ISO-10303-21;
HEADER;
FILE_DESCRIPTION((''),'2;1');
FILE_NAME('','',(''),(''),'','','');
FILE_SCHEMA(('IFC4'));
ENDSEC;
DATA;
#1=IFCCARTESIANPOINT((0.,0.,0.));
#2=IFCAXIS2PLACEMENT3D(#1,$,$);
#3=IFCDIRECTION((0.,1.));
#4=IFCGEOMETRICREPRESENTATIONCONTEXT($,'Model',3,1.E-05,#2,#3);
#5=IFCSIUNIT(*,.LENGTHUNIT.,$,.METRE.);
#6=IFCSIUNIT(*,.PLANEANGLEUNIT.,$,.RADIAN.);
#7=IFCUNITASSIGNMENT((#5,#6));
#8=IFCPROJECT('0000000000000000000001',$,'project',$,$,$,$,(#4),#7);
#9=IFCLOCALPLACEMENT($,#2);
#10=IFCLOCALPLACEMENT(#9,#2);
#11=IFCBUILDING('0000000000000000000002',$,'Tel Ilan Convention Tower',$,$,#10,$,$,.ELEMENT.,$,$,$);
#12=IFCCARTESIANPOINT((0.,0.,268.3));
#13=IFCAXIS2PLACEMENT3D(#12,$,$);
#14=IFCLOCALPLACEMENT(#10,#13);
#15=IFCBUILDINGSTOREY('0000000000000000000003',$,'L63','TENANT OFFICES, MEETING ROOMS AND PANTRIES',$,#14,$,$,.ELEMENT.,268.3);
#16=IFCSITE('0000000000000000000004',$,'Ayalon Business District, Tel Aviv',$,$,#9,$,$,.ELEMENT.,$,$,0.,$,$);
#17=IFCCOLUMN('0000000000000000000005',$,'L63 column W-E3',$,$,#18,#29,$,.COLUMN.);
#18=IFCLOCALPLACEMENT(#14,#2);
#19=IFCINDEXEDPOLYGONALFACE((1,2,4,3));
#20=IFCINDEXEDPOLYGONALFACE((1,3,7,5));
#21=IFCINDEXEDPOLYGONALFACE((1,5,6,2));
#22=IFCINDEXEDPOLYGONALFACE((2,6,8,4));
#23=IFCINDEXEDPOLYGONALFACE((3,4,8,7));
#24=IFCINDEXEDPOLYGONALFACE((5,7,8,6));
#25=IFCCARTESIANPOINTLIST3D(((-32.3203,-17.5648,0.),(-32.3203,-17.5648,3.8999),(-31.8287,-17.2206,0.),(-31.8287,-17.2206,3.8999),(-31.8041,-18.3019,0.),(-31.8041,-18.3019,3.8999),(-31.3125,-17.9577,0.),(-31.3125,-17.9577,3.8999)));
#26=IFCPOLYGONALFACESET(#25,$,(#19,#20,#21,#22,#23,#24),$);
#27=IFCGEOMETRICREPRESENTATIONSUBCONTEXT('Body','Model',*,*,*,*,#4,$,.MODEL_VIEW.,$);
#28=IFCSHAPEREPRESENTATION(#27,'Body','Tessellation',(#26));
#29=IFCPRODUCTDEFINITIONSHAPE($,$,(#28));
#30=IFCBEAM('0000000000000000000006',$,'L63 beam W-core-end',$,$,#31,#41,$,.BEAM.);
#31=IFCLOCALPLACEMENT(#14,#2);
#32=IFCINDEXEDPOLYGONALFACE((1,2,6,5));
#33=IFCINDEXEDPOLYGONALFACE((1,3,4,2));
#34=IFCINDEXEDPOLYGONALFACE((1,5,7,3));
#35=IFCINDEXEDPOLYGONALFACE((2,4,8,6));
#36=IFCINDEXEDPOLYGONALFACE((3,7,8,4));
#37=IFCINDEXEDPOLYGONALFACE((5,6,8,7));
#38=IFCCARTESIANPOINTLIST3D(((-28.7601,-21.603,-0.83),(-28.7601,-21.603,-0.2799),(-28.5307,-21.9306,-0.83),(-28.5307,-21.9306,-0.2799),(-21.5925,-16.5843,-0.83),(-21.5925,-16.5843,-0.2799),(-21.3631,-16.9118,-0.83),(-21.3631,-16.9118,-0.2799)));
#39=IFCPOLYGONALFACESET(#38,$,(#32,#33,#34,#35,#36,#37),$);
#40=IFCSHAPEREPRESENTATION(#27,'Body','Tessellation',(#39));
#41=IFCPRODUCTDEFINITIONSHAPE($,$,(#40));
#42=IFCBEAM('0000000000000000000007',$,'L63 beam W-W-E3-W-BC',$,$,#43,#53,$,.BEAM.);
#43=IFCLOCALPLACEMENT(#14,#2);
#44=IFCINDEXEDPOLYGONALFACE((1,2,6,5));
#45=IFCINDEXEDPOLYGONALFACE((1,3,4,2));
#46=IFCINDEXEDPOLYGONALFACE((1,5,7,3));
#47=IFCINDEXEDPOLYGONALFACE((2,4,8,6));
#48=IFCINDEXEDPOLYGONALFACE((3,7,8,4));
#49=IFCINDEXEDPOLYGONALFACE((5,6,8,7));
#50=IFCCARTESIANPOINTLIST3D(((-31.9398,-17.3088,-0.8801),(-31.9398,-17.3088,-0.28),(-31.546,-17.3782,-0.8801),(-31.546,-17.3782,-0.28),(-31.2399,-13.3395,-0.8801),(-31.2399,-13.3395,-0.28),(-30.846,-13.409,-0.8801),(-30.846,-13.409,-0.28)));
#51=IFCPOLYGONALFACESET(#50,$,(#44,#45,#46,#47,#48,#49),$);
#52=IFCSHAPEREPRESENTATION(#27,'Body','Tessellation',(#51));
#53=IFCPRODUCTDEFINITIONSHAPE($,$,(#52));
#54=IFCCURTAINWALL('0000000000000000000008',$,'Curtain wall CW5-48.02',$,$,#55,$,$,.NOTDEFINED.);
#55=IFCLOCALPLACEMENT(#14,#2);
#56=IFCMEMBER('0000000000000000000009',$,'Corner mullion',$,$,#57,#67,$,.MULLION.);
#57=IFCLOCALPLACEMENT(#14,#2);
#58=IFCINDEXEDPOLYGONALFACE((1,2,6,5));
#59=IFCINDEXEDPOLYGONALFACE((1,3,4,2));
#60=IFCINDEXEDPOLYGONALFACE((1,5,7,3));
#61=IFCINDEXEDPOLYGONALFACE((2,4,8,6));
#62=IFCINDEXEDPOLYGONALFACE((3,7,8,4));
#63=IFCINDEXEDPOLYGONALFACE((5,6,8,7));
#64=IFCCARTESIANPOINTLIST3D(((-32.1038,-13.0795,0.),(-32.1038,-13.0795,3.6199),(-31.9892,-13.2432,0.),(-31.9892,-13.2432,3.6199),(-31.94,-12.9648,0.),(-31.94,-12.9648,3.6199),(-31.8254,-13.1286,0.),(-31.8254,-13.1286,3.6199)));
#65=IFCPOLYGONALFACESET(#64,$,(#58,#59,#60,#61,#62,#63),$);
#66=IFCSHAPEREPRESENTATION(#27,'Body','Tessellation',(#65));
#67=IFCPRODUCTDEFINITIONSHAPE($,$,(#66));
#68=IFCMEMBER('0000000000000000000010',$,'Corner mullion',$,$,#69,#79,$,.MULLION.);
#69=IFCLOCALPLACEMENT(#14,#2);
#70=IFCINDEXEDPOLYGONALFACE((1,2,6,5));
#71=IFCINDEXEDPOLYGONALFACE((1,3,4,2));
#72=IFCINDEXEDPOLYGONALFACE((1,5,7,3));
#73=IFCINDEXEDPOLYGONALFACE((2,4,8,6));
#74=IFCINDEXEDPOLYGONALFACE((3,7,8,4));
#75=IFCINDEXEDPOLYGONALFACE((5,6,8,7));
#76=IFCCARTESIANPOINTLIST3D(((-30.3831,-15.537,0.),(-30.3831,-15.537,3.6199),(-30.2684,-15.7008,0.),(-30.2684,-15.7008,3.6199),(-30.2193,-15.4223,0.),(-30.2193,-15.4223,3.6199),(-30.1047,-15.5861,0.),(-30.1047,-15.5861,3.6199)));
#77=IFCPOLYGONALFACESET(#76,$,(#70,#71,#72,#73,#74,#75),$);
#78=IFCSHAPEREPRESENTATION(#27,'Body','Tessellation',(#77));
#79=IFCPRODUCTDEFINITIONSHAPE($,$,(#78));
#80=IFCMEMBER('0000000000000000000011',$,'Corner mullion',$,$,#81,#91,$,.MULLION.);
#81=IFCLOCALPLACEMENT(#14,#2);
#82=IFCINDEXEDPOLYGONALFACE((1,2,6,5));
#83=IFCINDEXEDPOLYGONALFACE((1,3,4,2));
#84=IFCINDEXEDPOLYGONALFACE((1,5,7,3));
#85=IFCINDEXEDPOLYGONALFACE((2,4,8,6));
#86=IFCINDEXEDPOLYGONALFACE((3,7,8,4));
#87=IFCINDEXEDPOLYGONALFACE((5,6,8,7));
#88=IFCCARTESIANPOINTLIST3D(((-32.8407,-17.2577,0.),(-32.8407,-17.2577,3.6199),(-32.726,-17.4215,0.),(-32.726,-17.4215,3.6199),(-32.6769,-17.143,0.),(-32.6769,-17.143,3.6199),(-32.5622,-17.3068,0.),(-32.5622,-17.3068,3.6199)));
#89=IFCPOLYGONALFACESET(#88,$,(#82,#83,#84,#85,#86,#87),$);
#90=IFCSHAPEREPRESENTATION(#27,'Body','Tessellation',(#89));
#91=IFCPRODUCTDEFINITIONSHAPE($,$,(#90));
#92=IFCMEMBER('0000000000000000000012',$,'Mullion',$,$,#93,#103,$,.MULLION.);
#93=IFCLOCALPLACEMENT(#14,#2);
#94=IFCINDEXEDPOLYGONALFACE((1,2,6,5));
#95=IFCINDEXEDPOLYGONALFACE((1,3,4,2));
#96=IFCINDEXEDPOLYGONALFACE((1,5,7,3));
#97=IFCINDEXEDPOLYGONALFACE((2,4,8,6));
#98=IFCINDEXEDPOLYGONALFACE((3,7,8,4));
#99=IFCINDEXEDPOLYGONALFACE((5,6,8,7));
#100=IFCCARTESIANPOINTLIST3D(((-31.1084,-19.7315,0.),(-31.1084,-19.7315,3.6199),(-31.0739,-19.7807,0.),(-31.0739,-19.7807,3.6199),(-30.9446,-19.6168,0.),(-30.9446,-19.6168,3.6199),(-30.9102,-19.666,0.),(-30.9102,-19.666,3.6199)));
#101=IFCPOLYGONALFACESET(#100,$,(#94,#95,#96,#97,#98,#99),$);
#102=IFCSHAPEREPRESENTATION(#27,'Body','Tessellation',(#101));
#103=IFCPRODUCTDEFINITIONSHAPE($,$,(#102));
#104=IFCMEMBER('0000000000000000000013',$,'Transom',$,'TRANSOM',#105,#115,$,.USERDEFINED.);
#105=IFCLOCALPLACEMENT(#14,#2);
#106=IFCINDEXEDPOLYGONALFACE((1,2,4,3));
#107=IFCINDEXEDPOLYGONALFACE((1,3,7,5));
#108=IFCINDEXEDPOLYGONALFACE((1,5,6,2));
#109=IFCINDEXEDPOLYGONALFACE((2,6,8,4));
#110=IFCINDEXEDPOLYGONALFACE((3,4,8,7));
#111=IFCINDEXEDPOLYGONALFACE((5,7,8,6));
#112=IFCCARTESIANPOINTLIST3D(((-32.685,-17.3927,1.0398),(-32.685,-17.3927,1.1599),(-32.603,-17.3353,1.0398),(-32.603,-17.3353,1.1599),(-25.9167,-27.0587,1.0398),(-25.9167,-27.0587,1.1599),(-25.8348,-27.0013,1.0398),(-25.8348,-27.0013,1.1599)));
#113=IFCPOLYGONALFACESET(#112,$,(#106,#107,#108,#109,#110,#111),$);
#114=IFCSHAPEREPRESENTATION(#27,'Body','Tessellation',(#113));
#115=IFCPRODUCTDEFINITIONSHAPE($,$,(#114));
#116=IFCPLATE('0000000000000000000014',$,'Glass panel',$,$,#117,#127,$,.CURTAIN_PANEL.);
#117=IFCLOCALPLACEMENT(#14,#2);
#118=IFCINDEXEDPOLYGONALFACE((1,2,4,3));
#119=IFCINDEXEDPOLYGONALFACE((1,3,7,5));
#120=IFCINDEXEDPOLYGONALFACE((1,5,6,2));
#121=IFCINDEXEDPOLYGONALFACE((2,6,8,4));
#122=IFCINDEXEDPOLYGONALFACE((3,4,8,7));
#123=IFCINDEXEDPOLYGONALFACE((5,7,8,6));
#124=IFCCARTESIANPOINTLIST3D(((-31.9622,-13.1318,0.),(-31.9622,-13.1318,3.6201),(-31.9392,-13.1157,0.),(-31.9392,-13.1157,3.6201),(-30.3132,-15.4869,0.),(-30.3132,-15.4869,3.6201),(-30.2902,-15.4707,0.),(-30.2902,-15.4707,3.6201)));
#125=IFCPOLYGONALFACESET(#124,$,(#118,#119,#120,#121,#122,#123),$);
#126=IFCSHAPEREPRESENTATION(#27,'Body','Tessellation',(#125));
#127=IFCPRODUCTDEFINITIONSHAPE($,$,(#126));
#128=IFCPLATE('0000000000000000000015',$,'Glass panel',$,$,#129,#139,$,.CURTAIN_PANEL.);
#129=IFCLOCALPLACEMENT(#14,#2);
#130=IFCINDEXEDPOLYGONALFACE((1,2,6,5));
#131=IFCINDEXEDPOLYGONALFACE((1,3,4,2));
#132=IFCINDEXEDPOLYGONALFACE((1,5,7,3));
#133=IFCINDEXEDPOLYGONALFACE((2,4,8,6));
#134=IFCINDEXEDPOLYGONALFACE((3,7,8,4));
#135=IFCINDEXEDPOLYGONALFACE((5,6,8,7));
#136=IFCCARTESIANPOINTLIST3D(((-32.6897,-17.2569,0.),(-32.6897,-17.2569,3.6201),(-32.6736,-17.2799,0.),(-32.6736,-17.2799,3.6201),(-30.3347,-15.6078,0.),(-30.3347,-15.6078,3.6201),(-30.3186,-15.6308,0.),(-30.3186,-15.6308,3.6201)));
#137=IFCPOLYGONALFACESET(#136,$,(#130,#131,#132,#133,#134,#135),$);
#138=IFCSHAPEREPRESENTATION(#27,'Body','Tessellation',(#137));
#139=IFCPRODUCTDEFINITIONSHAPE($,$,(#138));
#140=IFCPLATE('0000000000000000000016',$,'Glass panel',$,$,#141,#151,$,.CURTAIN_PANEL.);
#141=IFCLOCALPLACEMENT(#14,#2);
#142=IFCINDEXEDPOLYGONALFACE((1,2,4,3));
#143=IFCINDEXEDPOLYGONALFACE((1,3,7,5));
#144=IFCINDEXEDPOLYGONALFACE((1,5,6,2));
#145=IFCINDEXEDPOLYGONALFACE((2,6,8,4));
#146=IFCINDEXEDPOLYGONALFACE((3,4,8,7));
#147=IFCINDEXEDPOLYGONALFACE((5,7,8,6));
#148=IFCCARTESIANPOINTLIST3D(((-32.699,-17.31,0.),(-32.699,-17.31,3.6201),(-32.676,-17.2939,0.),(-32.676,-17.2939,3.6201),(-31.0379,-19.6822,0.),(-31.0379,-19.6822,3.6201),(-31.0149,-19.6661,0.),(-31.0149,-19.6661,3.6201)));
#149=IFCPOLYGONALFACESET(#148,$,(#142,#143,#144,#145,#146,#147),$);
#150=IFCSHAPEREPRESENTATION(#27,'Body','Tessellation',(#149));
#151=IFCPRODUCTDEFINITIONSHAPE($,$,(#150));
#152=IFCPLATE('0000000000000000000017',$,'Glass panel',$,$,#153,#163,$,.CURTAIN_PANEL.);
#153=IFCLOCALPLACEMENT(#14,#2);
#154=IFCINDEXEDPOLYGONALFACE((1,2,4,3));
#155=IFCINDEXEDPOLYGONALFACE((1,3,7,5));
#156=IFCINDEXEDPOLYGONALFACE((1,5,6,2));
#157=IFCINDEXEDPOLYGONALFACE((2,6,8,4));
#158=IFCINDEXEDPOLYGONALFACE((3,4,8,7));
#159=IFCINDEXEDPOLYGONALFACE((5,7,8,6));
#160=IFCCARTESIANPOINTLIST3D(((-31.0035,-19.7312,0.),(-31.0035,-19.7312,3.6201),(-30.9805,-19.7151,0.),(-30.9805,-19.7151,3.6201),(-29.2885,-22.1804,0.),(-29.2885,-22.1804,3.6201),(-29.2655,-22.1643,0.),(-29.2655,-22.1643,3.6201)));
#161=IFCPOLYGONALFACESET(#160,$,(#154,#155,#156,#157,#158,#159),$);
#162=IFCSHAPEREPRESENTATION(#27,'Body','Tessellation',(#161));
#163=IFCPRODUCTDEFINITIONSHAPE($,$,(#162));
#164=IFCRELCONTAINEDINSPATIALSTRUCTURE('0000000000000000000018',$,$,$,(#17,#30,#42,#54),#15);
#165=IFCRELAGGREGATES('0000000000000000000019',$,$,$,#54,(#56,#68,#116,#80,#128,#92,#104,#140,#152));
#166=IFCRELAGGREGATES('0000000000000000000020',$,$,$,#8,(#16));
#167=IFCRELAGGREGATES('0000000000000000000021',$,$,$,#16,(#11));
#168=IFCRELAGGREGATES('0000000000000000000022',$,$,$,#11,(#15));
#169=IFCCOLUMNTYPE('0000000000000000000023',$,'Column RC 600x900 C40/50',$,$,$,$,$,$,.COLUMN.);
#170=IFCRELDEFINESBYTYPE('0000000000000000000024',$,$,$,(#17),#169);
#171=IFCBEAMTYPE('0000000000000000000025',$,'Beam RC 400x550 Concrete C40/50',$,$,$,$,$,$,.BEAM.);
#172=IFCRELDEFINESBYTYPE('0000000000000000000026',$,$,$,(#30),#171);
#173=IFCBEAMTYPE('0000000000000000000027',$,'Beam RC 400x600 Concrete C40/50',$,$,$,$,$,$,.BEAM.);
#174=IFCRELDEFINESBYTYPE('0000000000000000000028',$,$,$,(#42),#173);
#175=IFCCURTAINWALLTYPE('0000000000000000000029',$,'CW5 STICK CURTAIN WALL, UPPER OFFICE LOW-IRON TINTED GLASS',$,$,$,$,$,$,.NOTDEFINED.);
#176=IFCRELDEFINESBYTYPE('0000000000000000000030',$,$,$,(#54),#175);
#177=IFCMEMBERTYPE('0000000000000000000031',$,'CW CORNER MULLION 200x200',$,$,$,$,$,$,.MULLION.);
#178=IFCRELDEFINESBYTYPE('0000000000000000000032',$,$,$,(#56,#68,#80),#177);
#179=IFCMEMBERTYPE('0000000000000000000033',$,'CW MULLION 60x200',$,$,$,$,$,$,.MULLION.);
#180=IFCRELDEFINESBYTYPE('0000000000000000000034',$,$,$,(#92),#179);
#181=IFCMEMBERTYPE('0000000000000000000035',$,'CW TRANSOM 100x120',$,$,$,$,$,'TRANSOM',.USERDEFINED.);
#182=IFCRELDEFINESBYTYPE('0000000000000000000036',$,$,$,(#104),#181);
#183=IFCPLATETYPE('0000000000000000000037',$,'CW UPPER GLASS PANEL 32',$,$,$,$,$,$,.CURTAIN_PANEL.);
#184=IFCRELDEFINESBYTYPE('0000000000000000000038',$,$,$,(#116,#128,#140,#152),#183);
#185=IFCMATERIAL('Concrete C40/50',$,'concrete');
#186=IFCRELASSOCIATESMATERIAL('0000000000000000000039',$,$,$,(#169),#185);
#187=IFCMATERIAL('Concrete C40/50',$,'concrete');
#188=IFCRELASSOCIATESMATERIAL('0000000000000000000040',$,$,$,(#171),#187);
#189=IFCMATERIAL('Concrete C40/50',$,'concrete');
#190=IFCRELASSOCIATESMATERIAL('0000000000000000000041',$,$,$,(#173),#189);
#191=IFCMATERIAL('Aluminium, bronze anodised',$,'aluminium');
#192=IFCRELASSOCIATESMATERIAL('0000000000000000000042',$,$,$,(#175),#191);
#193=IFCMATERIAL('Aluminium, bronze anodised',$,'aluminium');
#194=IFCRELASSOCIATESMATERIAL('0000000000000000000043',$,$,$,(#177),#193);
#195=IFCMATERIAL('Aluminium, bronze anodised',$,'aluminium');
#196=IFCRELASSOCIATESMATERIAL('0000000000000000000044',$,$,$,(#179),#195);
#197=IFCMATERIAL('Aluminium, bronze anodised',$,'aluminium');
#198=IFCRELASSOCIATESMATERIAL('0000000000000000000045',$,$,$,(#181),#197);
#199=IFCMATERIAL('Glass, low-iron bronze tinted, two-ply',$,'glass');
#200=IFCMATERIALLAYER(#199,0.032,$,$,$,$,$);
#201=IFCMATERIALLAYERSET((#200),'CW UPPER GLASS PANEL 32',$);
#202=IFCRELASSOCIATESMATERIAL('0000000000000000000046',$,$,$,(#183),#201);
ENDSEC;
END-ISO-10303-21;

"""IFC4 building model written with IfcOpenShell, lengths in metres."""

from ifc_helpers import new_model, si_unit, direction, frame, origin, origin_2d, place, context, subcontext, project, spatial, rectangle, extrude, material, layer, layer_set, material_profile, profile_set, type_object, element, aggregate, save


model = new_model("IFC4")

# Units and contexts
model_context = context("Model", 3, precision=1e-05, world=origin(), true_north=direction((0.0, 1.0)))
body_context = subcontext(model_context, "Body", "Model", "MODEL_VIEW")
ifc_project = project(units=[si_unit("LENGTHUNIT", "METRE"), si_unit("PLANEANGLEUNIT", "RADIAN")], contexts=[model_context])

# Site, building, storey
site_placement = place(None, origin())
site = spatial("IfcSite", under=ifc_project, at=site_placement, Name="Ayalon Business District, Tel Aviv", CompositionType="ELEMENT", RefElevation=0.0)
building_placement = place(site_placement, origin())
building = spatial("IfcBuilding", under=site, at=building_placement, Name="Tel Ilan Convention Tower", CompositionType="ELEMENT")
storey_placement = place(building_placement, frame((0.0, 0.0, 268.3)))
storey = spatial("IfcBuildingStorey", under=building, at=storey_placement, Name="L63", Description="TENANT OFFICES, MEETING ROOMS AND PANTRIES", CompositionType="ELEMENT", Elevation=268.3)

# Column
ifc_material_1 = material(Name="Concrete C40/50", Category="concrete")
ifc_material_profile_1 = material_profile(ifc_material_1, rectangle(XDim=0.8999, YDim=0.6001, at=origin_2d()), Name="RC 600x900")
ifc_profile_set_1 = profile_set([ifc_material_profile_1], Name="Concrete C40/50")
column_type = type_object("IfcColumnType", Name="Column RC 600x900 C40/50", PredefinedType="COLUMN", material=ifc_profile_set_1)
column_placement = place(storey_placement, frame((-31.8164, -17.7612, 0.0), z_axis=(0.0, 0.0, 1.0), x_axis=(-0.573576, 0.819152, 0.0)))
element("IfcColumn", 1, at=column_placement, inside=storey, type_object=column_type, Name="L63 column W-E3", PredefinedType="COLUMN", context=body_context, shape_type="SweptSolid", body=[
    extrude(rectangle(XDim=0.8999, YDim=0.6001, at=origin_2d()), origin(), (0.0, 0.0, 1.0), 3.8999),
])

# Beams
ifc_material_2 = material(Name="Concrete C40/50", Category="concrete")
ifc_material_profile_2 = material_profile(ifc_material_2, rectangle(XDim=0.3999, YDim=0.55, at=origin_2d()), Name="RC 400x550")
ifc_profile_set_2 = profile_set([ifc_material_profile_2], Name="Concrete C40/50")
beam_type_1 = type_object("IfcBeamType", Name="Beam RC 400x550 Concrete C40/50", PredefinedType="BEAM", material=ifc_profile_set_2)
beam_1_placement = place(storey_placement, frame((-21.4778, -16.748, -0.5549), z_axis=(-0.819157, -0.573569, 0.0), x_axis=(0.573569, -0.819157, 0.0)))
element("IfcBeam", 2, at=beam_1_placement, inside=storey, type_object=beam_type_1, Name="L63 beam W-core-end", PredefinedType="BEAM", context=body_context, shape_type="SweptSolid", body=[
    extrude(rectangle(XDim=0.3999, YDim=0.55, at=origin_2d()), origin(), (0.0, 0.0, 1.0), 8.75),
])
ifc_material_3 = material(Name="Concrete C40/50", Category="concrete")
ifc_material_profile_3 = material_profile(ifc_material_3, rectangle(XDim=0.3999, YDim=0.6001, at=origin_2d()), Name="RC 400x600")
ifc_profile_set_3 = profile_set([ifc_material_profile_3], Name="Concrete C40/50")
beam_type_2 = type_object("IfcBeamType", Name="Beam RC 400x600 Concrete C40/50", PredefinedType="BEAM", material=ifc_profile_set_3)
beam_2_placement = place(storey_placement, frame((-31.7429, -17.3435, -0.5801), z_axis=(0.173664, 0.984805, 0.0), x_axis=(-0.984805, 0.173664, 0.0)))
element("IfcBeam", 3, at=beam_2_placement, inside=storey, type_object=beam_type_2, Name="L63 beam W-W-E3-W-BC", PredefinedType="BEAM", context=body_context, shape_type="SweptSolid", body=[
    extrude(rectangle(XDim=0.3999, YDim=0.6001, at=origin_2d()), origin(), (0.0, 0.0, 1.0), 4.0305),
])

# Curtain wall, members, plates
ifc_material_4 = material(Name="Aluminium, bronze anodised", Category="aluminium")
curtain_wall_type = type_object("IfcCurtainWallType", Name="CW5 STICK CURTAIN WALL, UPPER OFFICE LOW-IRON TINTED GLASS", PredefinedType="NOTDEFINED", material=ifc_material_4)
curtain_wall_placement = place(storey_placement, origin())
curtain_wall = element("IfcCurtainWall", 4, at=curtain_wall_placement, inside=storey, type_object=curtain_wall_type, Name="Curtain wall CW5-48.02", PredefinedType="NOTDEFINED")
ifc_material_5 = material(Name="Aluminium, bronze anodised", Category="aluminium")
ifc_material_profile_4 = material_profile(ifc_material_5, rectangle(XDim=0.2, YDim=0.2, at=origin_2d()), Name="CW CORNER MULLION 200x200")
ifc_profile_set_4 = profile_set([ifc_material_profile_4], Name="Aluminium, bronze anodised")
member_type_1 = type_object("IfcMemberType", Name="CW CORNER MULLION 200x200", PredefinedType="MULLION", material=ifc_profile_set_4)
member_1_placement = place(storey_placement, frame((-31.9646, -13.104, 0.0), z_axis=(0.0, 0.0, 1.0), x_axis=(-0.819152, -0.573576, 0.0)))
member_1 = element("IfcMember", 5, at=member_1_placement, type_object=member_type_1, Name="Corner mullion", PredefinedType="MULLION", context=body_context, shape_type="SweptSolid", body=[
    extrude(rectangle(XDim=0.2, YDim=0.2, at=origin_2d()), origin(), (0.0, 0.0, 1.0), 3.6199),
])
member_2_placement = place(storey_placement, frame((-30.2439, -15.5615, 0.0), z_axis=(0.0, 0.0, 1.0), x_axis=(0.573576, -0.819152, 0.0)))
member_2 = element("IfcMember", 6, at=member_2_placement, type_object=member_type_1, Name="Corner mullion", PredefinedType="MULLION", context=body_context, shape_type="SweptSolid", body=[
    extrude(rectangle(XDim=0.2, YDim=0.2, at=origin_2d()), origin(), (0.0, 0.0, 1.0), 3.6199),
])
member_3_placement = place(storey_placement, frame((-32.7014, -17.2822, 0.0), z_axis=(0.0, 0.0, 1.0), x_axis=(-0.819152, -0.573576, 0.0)))
member_3 = element("IfcMember", 7, at=member_3_placement, type_object=member_type_1, Name="Corner mullion", PredefinedType="MULLION", context=body_context, shape_type="SweptSolid", body=[
    extrude(rectangle(XDim=0.2, YDim=0.2, at=origin_2d()), origin(), (0.0, 0.0, 1.0), 3.6199),
])
ifc_material_6 = material(Name="Aluminium, bronze anodised", Category="aluminium")
ifc_material_profile_5 = material_profile(ifc_material_6, rectangle(XDim=0.0601, YDim=0.2, at=origin_2d()), Name="CW MULLION 60x200")
ifc_profile_set_5 = profile_set([ifc_material_profile_5], Name="Aluminium, bronze anodised")
member_type_2 = type_object("IfcMemberType", Name="CW MULLION 60x200", PredefinedType="MULLION", material=ifc_profile_set_5)
member_4_placement = place(storey_placement, frame((-31.0093, -19.6987, 0.0), z_axis=(0.0, 0.0, 1.0), x_axis=(0.573576, -0.819152, 0.0)))
member_4 = element("IfcMember", 8, at=member_4_placement, type_object=member_type_2, Name="Mullion", PredefinedType="MULLION", context=body_context, shape_type="SweptSolid", body=[
    extrude(rectangle(XDim=0.0601, YDim=0.2, at=origin_2d()), origin(), (0.0, 0.0, 1.0), 3.6199),
])
ifc_material_7 = material(Name="Aluminium, bronze anodised", Category="aluminium")
ifc_material_profile_6 = material_profile(ifc_material_7, rectangle(XDim=0.1001, YDim=0.1201, at=origin_2d()), Name="CW TRANSOM 100x120")
ifc_profile_set_6 = profile_set([ifc_material_profile_6], Name="Aluminium, bronze anodised")
member_type_3 = type_object("IfcMemberType", Name="CW TRANSOM 100x120", ElementType="TRANSOM", PredefinedType="USERDEFINED", material=ifc_profile_set_6)
member_5_placement = place(storey_placement, frame((-32.644, -17.364, 1.0999), z_axis=(0.573582, -0.819148, 0.0), x_axis=(0.819148, 0.573582, 0.0)))
member_5 = element("IfcMember", 9, at=member_5_placement, type_object=member_type_3, Name="Transom", ObjectType="TRANSOM", PredefinedType="USERDEFINED", context=body_context, shape_type="SweptSolid", body=[
    extrude(rectangle(XDim=0.1001, YDim=0.1201, at=origin_2d()), origin(), (0.0, 0.0, 1.0), 11.8),
])
ifc_material_8 = material(Name="Glass, low-iron bronze tinted, two-ply", Category="glass")
ifc_layer_1 = layer(ifc_material_8, 0.032)
ifc_layer_set_1 = layer_set([ifc_layer_1], Name="CW UPPER GLASS PANEL 32")
plate_type = type_object("IfcPlateType", Name="CW UPPER GLASS PANEL 32", PredefinedType="CURTAIN_PANEL", material=ifc_layer_set_1)
plate_1_placement = place(storey_placement, frame((-31.1262, -14.3013, 0.0), z_axis=(0.0, 0.0, 1.0), x_axis=(0.573576, -0.819152, 0.0)))
plate_1 = element("IfcPlate", 10, at=plate_1_placement, type_object=plate_type, Name="Glass panel", PredefinedType="CURTAIN_PANEL", context=body_context, shape_type="SweptSolid", body=[
    extrude(rectangle(XDim=2.875, YDim=0.0281, at=origin_2d()), origin(), (0.0, 0.0, 1.0), 3.6201),
])
plate_2_placement = place(storey_placement, frame((-31.5042, -16.4438, 0.0), z_axis=(0.0, 0.0, 1.0), x_axis=(-0.819152, -0.573576, 0.0)))
plate_2 = element("IfcPlate", 11, at=plate_2_placement, type_object=plate_type, Name="Glass panel", PredefinedType="CURTAIN_PANEL", context=body_context, shape_type="SweptSolid", body=[
    extrude(rectangle(XDim=2.875, YDim=0.0281, at=origin_2d()), origin(), (0.0, 0.0, 1.0), 3.6201),
])
plate_3_placement = place(storey_placement, frame((-31.8569, -18.488, 0.0), z_axis=(0.0, 0.0, 1.0), x_axis=(0.573576, -0.819152, 0.0)))
plate_3 = element("IfcPlate", 12, at=plate_3_placement, type_object=plate_type, Name="Glass panel", PredefinedType="CURTAIN_PANEL", context=body_context, shape_type="SweptSolid", body=[
    extrude(rectangle(XDim=2.896, YDim=0.0281, at=origin_2d()), origin(), (0.0, 0.0, 1.0), 3.6201),
])
plate_4_placement = place(storey_placement, frame((-30.1345, -20.9478, 0.0), z_axis=(0.0, 0.0, 1.0), x_axis=(0.573576, -0.819152, 0.0)))
plate_4 = element("IfcPlate", 13, at=plate_4_placement, type_object=plate_type, Name="Glass panel", PredefinedType="CURTAIN_PANEL", context=body_context, shape_type="SweptSolid", body=[
    extrude(rectangle(XDim=2.99, YDim=0.0281, at=origin_2d()), origin(), (0.0, 0.0, 1.0), 3.6201),
])
aggregate(curtain_wall, [member_1, member_2, plate_1, member_3, plate_2, member_4, member_5, plate_3, plate_4])

save(model, "model.ifc")
